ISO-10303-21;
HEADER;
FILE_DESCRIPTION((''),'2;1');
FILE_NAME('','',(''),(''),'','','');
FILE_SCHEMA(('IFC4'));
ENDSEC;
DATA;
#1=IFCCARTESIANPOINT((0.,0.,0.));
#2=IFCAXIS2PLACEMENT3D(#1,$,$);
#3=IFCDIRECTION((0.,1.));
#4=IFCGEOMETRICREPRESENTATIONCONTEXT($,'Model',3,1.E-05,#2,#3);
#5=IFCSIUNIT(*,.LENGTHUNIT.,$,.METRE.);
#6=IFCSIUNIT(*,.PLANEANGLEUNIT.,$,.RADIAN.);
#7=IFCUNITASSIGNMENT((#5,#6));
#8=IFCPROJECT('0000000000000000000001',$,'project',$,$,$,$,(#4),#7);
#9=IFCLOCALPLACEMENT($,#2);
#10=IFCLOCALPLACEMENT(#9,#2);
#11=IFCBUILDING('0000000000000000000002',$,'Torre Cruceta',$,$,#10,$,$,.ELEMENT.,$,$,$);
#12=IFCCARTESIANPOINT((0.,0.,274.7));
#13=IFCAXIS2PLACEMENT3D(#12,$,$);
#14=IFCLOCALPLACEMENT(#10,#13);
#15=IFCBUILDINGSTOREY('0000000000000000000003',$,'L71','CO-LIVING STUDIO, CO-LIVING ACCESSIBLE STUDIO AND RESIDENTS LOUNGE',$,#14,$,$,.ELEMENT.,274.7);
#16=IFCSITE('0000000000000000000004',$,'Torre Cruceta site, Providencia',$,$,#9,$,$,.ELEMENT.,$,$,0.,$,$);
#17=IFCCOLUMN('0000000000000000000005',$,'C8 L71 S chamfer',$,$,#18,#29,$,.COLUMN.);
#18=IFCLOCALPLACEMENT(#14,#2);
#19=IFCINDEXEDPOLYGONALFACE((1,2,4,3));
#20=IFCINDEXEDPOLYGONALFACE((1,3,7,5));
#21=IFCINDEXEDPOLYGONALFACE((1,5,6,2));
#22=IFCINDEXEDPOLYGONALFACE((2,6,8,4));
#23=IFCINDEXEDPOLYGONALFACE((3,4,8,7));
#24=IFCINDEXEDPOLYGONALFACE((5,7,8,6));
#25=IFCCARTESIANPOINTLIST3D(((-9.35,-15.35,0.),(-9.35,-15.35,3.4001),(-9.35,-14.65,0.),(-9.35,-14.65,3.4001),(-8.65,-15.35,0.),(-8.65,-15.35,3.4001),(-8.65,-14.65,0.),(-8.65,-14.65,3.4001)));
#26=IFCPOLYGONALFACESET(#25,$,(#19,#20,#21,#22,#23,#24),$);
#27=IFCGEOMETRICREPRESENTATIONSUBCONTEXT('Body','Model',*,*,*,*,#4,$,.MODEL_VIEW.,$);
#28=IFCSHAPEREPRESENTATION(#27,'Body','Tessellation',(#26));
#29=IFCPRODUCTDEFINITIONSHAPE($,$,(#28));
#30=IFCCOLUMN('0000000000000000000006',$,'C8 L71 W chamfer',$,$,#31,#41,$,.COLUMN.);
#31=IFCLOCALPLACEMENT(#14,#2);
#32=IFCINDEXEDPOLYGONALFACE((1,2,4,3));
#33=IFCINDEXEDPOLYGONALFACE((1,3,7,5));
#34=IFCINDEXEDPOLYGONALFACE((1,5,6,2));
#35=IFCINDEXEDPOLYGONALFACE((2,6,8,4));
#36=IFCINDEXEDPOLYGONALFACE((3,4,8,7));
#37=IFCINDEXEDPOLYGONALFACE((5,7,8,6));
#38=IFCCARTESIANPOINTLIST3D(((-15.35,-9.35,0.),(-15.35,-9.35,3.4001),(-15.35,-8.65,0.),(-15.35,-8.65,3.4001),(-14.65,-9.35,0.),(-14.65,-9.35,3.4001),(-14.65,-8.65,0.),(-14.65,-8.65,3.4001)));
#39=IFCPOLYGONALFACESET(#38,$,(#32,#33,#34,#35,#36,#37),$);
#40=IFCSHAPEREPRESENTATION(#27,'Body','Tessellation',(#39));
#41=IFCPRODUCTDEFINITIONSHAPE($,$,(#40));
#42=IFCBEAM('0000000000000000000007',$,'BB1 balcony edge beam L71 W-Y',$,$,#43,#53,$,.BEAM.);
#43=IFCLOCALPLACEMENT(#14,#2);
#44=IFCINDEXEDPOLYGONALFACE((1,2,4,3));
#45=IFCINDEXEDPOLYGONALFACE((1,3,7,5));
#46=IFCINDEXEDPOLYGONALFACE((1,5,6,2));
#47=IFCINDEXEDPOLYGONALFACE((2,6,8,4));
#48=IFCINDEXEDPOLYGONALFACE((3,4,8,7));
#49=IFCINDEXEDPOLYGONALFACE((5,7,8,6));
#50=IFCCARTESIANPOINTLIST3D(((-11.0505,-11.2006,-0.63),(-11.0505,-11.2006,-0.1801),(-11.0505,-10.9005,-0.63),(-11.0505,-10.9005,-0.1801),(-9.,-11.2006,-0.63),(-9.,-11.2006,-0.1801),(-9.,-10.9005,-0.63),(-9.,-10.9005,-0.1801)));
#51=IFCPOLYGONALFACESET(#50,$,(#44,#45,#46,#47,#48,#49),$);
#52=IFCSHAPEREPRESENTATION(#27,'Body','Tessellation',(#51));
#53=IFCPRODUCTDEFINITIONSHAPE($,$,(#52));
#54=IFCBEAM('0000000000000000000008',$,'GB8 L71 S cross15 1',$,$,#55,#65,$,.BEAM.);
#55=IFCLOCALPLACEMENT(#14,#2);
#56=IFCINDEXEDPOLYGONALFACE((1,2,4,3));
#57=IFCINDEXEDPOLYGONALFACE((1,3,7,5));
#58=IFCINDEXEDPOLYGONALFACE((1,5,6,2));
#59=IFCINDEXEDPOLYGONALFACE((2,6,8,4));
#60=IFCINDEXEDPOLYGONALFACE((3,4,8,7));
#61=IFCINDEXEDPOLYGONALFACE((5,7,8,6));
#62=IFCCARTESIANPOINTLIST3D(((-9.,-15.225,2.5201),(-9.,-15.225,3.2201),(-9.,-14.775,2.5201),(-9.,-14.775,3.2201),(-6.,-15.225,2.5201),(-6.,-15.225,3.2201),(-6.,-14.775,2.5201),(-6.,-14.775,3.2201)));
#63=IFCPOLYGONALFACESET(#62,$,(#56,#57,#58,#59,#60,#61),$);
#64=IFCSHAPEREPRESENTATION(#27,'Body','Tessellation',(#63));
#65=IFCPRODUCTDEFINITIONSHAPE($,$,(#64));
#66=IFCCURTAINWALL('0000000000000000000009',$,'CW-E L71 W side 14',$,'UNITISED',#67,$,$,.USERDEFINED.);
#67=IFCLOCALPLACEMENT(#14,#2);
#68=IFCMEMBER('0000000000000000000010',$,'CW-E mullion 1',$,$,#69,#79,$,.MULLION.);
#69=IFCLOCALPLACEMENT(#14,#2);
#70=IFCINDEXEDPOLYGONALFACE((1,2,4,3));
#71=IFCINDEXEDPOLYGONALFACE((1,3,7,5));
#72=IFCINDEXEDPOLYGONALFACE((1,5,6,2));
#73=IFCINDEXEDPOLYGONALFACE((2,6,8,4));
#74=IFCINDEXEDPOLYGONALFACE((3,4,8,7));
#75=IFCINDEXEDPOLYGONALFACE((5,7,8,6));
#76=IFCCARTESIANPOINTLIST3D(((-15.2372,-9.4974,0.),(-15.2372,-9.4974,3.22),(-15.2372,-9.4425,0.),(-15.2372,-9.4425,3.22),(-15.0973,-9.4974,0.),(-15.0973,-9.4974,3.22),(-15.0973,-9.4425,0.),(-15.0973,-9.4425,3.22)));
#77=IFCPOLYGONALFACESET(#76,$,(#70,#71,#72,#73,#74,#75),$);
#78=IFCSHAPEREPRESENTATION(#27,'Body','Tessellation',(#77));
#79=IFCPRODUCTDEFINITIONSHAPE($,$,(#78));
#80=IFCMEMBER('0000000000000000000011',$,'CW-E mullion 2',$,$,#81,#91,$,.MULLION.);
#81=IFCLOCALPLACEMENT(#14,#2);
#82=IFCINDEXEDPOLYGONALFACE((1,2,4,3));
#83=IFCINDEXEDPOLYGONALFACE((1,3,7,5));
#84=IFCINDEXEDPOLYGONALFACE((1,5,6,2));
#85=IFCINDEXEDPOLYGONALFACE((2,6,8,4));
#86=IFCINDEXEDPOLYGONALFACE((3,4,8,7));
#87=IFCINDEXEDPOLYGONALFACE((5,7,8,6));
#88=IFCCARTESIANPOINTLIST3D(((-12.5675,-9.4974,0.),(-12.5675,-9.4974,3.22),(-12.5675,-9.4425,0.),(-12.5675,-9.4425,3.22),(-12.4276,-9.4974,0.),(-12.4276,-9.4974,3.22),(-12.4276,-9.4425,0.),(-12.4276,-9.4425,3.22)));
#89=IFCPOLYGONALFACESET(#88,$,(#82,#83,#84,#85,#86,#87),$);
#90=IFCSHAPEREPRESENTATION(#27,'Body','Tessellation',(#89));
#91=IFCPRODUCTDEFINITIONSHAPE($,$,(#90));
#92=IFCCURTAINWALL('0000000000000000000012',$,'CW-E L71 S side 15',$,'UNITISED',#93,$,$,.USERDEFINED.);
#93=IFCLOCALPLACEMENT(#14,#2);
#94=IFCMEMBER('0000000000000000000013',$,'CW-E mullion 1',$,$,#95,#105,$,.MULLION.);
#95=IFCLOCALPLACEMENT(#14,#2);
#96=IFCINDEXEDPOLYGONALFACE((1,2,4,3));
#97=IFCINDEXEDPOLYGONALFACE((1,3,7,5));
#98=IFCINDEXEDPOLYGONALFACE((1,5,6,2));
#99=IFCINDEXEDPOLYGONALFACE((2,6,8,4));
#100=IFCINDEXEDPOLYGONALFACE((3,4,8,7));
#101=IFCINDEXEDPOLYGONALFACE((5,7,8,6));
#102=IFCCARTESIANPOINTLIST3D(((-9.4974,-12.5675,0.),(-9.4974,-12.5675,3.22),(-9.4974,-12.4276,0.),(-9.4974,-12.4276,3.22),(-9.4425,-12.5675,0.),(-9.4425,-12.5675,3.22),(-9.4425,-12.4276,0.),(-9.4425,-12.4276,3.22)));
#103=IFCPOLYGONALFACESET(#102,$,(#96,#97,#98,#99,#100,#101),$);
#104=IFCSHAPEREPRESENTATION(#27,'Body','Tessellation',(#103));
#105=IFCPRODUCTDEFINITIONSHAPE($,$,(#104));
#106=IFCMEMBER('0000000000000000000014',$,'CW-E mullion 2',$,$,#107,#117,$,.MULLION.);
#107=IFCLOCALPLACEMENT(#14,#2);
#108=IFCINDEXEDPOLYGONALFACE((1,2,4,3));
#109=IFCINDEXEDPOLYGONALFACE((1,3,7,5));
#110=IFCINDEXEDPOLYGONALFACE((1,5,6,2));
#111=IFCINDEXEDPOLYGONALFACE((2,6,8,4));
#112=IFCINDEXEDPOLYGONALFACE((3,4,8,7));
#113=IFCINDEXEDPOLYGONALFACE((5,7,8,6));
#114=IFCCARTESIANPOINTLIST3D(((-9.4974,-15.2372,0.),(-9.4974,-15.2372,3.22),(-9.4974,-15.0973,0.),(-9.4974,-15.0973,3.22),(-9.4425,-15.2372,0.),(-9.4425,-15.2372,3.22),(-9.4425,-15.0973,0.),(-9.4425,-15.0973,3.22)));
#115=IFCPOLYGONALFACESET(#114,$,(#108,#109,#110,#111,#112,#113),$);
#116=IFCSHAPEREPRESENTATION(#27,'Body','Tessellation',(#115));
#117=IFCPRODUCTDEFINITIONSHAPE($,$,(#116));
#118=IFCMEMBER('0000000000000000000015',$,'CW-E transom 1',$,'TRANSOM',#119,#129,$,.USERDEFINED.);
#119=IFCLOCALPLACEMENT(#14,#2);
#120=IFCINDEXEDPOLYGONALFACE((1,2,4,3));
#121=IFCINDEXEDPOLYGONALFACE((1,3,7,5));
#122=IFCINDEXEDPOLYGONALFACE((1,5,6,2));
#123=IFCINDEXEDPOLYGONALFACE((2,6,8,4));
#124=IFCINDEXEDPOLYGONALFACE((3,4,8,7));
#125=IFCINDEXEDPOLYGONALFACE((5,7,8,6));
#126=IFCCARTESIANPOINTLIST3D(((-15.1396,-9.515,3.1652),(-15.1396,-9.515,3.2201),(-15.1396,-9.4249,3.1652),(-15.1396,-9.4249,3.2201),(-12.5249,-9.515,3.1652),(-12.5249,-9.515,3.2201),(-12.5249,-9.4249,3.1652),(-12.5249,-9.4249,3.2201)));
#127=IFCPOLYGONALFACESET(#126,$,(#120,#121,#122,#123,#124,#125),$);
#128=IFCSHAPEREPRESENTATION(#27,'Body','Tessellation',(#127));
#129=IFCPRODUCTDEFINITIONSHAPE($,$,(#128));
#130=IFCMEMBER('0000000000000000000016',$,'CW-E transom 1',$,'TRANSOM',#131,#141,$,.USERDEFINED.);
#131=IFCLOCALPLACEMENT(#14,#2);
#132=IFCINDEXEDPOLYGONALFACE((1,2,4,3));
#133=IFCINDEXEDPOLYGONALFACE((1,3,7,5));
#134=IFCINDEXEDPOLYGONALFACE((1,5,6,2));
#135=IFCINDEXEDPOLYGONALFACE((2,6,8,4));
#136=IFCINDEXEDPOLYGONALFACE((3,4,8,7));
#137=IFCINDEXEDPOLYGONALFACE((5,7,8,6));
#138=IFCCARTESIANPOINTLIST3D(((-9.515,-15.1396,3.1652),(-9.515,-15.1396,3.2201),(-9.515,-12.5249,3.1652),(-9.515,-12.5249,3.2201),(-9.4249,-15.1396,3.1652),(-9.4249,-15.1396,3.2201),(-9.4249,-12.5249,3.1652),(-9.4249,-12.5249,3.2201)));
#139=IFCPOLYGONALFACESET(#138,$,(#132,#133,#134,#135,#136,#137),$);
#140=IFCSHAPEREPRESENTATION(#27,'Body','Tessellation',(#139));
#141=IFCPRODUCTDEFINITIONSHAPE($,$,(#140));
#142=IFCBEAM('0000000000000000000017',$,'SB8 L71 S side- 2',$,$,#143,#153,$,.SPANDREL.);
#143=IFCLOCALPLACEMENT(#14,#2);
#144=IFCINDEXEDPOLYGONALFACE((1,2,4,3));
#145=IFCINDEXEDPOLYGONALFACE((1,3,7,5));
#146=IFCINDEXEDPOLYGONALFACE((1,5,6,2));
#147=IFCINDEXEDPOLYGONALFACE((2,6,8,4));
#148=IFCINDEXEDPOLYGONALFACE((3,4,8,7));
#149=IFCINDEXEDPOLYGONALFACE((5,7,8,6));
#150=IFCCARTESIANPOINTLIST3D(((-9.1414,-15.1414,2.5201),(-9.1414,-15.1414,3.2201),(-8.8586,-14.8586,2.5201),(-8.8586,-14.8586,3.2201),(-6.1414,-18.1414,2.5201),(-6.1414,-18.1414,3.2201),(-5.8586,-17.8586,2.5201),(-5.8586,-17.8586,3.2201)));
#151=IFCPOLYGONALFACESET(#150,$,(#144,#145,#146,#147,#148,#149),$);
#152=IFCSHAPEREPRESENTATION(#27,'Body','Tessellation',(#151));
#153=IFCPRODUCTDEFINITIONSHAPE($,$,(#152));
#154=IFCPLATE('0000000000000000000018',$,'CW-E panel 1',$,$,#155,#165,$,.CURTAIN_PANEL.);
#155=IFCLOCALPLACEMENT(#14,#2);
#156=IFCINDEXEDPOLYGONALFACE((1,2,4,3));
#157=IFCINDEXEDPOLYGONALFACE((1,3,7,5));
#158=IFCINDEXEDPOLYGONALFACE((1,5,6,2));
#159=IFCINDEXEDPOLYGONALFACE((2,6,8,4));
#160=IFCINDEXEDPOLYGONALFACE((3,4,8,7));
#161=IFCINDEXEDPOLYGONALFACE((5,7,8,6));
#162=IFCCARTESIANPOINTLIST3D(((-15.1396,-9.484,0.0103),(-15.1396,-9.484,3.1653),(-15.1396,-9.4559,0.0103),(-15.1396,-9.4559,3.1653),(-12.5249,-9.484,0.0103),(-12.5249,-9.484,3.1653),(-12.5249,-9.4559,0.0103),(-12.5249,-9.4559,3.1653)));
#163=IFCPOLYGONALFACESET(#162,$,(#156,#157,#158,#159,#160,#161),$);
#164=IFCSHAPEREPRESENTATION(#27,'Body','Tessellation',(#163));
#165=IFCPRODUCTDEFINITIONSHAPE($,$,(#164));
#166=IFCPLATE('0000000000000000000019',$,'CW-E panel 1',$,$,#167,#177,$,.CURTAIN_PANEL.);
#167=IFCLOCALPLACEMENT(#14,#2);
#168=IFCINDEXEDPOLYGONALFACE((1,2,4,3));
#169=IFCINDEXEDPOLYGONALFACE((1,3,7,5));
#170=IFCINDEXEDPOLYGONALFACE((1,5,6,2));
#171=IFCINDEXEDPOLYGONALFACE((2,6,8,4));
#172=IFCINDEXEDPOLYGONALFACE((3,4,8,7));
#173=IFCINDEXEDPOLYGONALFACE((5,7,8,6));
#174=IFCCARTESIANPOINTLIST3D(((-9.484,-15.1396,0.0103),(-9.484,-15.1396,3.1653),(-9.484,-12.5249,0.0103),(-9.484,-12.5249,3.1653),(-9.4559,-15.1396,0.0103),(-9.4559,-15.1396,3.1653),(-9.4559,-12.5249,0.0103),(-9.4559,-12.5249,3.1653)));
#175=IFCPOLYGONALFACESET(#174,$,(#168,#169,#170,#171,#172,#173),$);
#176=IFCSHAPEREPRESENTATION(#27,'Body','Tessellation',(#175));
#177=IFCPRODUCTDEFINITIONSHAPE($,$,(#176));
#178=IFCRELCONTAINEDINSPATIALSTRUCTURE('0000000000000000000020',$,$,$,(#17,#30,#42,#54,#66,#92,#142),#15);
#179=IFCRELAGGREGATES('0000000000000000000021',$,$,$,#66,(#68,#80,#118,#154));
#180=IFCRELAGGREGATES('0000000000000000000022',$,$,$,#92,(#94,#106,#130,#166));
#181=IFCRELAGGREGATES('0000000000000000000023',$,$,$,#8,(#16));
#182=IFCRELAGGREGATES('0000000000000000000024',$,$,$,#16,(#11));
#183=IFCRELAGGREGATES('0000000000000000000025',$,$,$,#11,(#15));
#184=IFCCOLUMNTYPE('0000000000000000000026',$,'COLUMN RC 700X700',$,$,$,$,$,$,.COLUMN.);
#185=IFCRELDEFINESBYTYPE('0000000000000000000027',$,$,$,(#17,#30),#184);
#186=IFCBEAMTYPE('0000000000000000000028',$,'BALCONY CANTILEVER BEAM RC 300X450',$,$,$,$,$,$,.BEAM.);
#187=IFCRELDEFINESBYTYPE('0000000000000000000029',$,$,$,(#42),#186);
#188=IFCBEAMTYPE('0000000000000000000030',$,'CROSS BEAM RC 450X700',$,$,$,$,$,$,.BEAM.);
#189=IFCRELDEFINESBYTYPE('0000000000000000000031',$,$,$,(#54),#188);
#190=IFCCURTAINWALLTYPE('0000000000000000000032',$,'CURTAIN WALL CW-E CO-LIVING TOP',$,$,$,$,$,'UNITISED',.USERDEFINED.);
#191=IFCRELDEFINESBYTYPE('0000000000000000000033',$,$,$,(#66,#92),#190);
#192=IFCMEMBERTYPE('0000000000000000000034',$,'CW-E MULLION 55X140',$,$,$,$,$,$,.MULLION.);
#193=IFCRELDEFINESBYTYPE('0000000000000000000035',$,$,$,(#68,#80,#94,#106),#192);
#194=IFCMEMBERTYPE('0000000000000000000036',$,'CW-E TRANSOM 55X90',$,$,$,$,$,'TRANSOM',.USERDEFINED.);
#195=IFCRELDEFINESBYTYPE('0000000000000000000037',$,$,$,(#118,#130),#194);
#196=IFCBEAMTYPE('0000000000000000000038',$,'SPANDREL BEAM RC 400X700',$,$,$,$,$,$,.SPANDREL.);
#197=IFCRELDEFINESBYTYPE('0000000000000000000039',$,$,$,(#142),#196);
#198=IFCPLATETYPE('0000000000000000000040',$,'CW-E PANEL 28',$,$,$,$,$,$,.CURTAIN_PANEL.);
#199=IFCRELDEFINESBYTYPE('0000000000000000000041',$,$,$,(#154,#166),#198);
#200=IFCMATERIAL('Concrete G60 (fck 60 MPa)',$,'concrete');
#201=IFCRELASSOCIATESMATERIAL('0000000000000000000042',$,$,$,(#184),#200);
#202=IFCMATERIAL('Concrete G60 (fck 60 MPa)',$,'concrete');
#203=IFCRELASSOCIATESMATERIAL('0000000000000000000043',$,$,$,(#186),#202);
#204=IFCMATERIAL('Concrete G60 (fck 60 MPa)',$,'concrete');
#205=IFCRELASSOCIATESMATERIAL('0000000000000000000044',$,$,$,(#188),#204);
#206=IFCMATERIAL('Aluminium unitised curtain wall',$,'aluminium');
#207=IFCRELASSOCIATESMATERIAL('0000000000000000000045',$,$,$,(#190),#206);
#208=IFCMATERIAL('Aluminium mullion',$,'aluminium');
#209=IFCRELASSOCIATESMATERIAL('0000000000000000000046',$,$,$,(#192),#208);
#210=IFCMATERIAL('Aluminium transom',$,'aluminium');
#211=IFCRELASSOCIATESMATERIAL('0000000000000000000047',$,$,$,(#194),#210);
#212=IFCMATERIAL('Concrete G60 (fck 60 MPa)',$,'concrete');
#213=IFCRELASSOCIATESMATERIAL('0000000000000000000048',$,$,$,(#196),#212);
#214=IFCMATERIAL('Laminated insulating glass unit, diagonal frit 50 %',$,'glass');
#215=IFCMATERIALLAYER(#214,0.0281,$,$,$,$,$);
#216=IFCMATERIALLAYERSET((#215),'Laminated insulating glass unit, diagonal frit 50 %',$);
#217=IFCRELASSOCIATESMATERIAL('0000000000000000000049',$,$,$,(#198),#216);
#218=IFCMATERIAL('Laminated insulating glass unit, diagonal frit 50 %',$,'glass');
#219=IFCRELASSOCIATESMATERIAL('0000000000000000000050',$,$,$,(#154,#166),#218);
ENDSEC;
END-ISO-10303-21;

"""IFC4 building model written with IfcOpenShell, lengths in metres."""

from ifc_helpers import new_model, si_unit, direction, frame, origin, origin_2d, place, context, subcontext, project, spatial, rectangle, extrude, material, layer, layer_set, material_profile, profile_set, type_object, element, aggregate, save


model = new_model("IFC4")

# Units and contexts
model_context = context("Model", 3, precision=1e-05, world=origin(), true_north=direction((0.0, 1.0)))
body_context = subcontext(model_context, "Body", "Model", "MODEL_VIEW")
ifc_project = project(units=[si_unit("LENGTHUNIT", "METRE"), si_unit("PLANEANGLEUNIT", "RADIAN")], contexts=[model_context])

# Site, building, storey
site_placement = place(None, origin())
site = spatial("IfcSite", under=ifc_project, at=site_placement, Name="Torre Cruceta site, Providencia", CompositionType="ELEMENT", RefElevation=0.0)
building_placement = place(site_placement, origin())
building = spatial("IfcBuilding", under=site, at=building_placement, Name="Torre Cruceta", CompositionType="ELEMENT")
storey_placement = place(building_placement, frame((0.0, 0.0, 274.7)))
storey = spatial("IfcBuildingStorey", under=building, at=storey_placement, Name="L71", Description="CO-LIVING STUDIO, CO-LIVING ACCESSIBLE STUDIO AND RESIDENTS LOUNGE", CompositionType="ELEMENT", Elevation=274.7)

# Columns
ifc_material_1 = material(Name="Concrete G60 (fck 60 MPa)", Category="concrete")
ifc_material_profile_1 = material_profile(ifc_material_1, rectangle(XDim=0.7, YDim=0.7, at=origin_2d()), Name="RC 700X700")
ifc_profile_set_1 = profile_set([ifc_material_profile_1], Name="Concrete G60 (fck 60 MPa)")
column_type = type_object("IfcColumnType", Name="COLUMN RC 700X700", PredefinedType="COLUMN", material=ifc_profile_set_1)
for number, where, z_axis, x_axis, name in (
    (1, (-9.0, -15.0, 0.0), (0.0, 0.0, 1.0), (1.0, 0.0, 0.0), "C8 L71 S chamfer"),
    (2, (-15.0, -9.0, 0.0), (0.0, 0.0, 1.0), (1.0, 0.0, 0.0), "C8 L71 W chamfer"),
):
    element("IfcColumn", number, at=place(storey_placement, frame(where, z_axis=z_axis, x_axis=x_axis)), inside=storey, type_object=column_type, Name=name, PredefinedType="COLUMN", context=body_context, shape_type="SweptSolid", body=[
        extrude(rectangle(XDim=0.7, YDim=0.7, at=origin_2d()), origin(), (0.0, 0.0, 1.0), 3.4001),
    ])

# Beams
ifc_material_2 = material(Name="Concrete G60 (fck 60 MPa)", Category="concrete")
ifc_material_profile_2 = material_profile(ifc_material_2, rectangle(XDim=0.3, YDim=0.45, at=origin_2d()), Name="RC 300X450")
ifc_profile_set_2 = profile_set([ifc_material_profile_2], Name="Concrete G60 (fck 60 MPa)")
beam_type_1 = type_object("IfcBeamType", Name="BALCONY CANTILEVER BEAM RC 300X450", PredefinedType="BEAM", material=ifc_profile_set_2)
beam_1_placement = place(storey_placement, frame((-9.0, -11.0505, -0.405), z_axis=(-1.0, 0.0, 0.0), x_axis=(0.0, -1.0, 0.0)))
element("IfcBeam", 3, at=beam_1_placement, inside=storey, type_object=beam_type_1, Name="BB1 balcony edge beam L71 W-Y", PredefinedType="BEAM", context=body_context, shape_type="SweptSolid", body=[
    extrude(rectangle(XDim=0.3, YDim=0.45, at=origin_2d()), origin(), (0.0, 0.0, 1.0), 2.0505),
])
ifc_material_3 = material(Name="Concrete G60 (fck 60 MPa)", Category="concrete")
ifc_material_profile_3 = material_profile(ifc_material_3, rectangle(XDim=0.45, YDim=0.7, at=origin_2d()), Name="RC 450X700")
ifc_profile_set_3 = profile_set([ifc_material_profile_3], Name="Concrete G60 (fck 60 MPa)")
beam_type_2 = type_object("IfcBeamType", Name="CROSS BEAM RC 450X700", PredefinedType="BEAM", material=ifc_profile_set_3)
beam_2_placement = place(storey_placement, frame((-9.0, -15.0, 2.8701), z_axis=(1.0, 0.0, 0.0), x_axis=(0.0, 1.0, 0.0)))
element("IfcBeam", 4, at=beam_2_placement, inside=storey, type_object=beam_type_2, Name="GB8 L71 S cross15 1", PredefinedType="BEAM", context=body_context, shape_type="SweptSolid", body=[
    extrude(rectangle(XDim=0.45, YDim=0.7, at=origin_2d()), origin(), (0.0, 0.0, 1.0), 3.0),
])

# Curtain walls, members
ifc_material_4 = material(Name="Aluminium unitised curtain wall", Category="aluminium")
curtain_wall_type = type_object("IfcCurtainWallType", Name="CURTAIN WALL CW-E CO-LIVING TOP", ElementType="UNITISED", PredefinedType="USERDEFINED", material=ifc_material_4)
curtain_wall_1_placement = place(storey_placement, origin())
curtain_wall_1 = element("IfcCurtainWall", 5, at=curtain_wall_1_placement, inside=storey, type_object=curtain_wall_type, Name="CW-E L71 W side 14", ObjectType="UNITISED", PredefinedType="USERDEFINED")
ifc_material_5 = material(Name="Aluminium mullion", Category="aluminium")
ifc_material_profile_4 = material_profile(ifc_material_5, rectangle(XDim=0.0549, YDim=0.1399, at=origin_2d()), Name="AL 55X140")
ifc_profile_set_4 = profile_set([ifc_material_profile_4], Name="Aluminium mullion")
member_type_1 = type_object("IfcMemberType", Name="CW-E MULLION 55X140", PredefinedType="MULLION", material=ifc_profile_set_4)
member_1_placement = place(storey_placement, frame((-15.1672, -9.47, 0.0), z_axis=(0.0, 0.0, 1.0), x_axis=(0.0, 1.0, 0.0)))
member_1 = element("IfcMember", 6, at=member_1_placement, type_object=member_type_1, Name="CW-E mullion 1", PredefinedType="MULLION", context=body_context, shape_type="SweptSolid", body=[
    extrude(rectangle(XDim=0.0549, YDim=0.1399, at=origin_2d()), origin(), (0.0, 0.0, 1.0), 3.22),
])
member_2_placement = place(storey_placement, frame((-12.4976, -9.47, 0.0), z_axis=(0.0, 0.0, 1.0), x_axis=(0.0, 1.0, 0.0)))
member_2 = element("IfcMember", 7, at=member_2_placement, type_object=member_type_1, Name="CW-E mullion 2", PredefinedType="MULLION", context=body_context, shape_type="SweptSolid", body=[
    extrude(rectangle(XDim=0.0549, YDim=0.1399, at=origin_2d()), origin(), (0.0, 0.0, 1.0), 3.22),
])
curtain_wall_2_placement = place(storey_placement, origin())
curtain_wall_2 = element("IfcCurtainWall", 8, at=curtain_wall_2_placement, inside=storey, type_object=curtain_wall_type, Name="CW-E L71 S side 15", ObjectType="UNITISED", PredefinedType="USERDEFINED")
member_3_placement = place(storey_placement, frame((-9.47, -12.4976, 0.0), z_axis=(0.0, 0.0, 1.0), x_axis=(1.0, 0.0, 0.0)))
member_3 = element("IfcMember", 9, at=member_3_placement, type_object=member_type_1, Name="CW-E mullion 1", PredefinedType="MULLION", context=body_context, shape_type="SweptSolid", body=[
    extrude(rectangle(XDim=0.0549, YDim=0.1399, at=origin_2d()), origin(), (0.0, 0.0, 1.0), 3.22),
])
member_4_placement = place(storey_placement, frame((-9.47, -15.1672, 0.0), z_axis=(0.0, 0.0, 1.0), x_axis=(1.0, 0.0, 0.0)))
member_4 = element("IfcMember", 10, at=member_4_placement, type_object=member_type_1, Name="CW-E mullion 2", PredefinedType="MULLION", context=body_context, shape_type="SweptSolid", body=[
    extrude(rectangle(XDim=0.0549, YDim=0.1399, at=origin_2d()), origin(), (0.0, 0.0, 1.0), 3.22),
])

# Members
ifc_material_6 = material(Name="Aluminium transom", Category="aluminium")
ifc_material_profile_5 = material_profile(ifc_material_6, rectangle(XDim=0.0901, YDim=0.0549, at=origin_2d()), Name="AL 90X55")
ifc_profile_set_5 = profile_set([ifc_material_profile_5], Name="Aluminium transom")
member_type_2 = type_object("IfcMemberType", Name="CW-E TRANSOM 55X90", ElementType="TRANSOM", PredefinedType="USERDEFINED", material=ifc_profile_set_5)
member_5_placement = place(storey_placement, frame((-15.1396, -9.47, 3.1926), z_axis=(1.0, 0.0, 0.0), x_axis=(0.0, 1.0, 0.0)))
member_5 = element("IfcMember", 11, at=member_5_placement, type_object=member_type_2, Name="CW-E transom 1", ObjectType="TRANSOM", PredefinedType="USERDEFINED", context=body_context, shape_type="SweptSolid", body=[
    extrude(rectangle(XDim=0.0901, YDim=0.0549, at=origin_2d()), origin(), (0.0, 0.0, 1.0), 2.6147),
])
member_6_placement = place(storey_placement, frame((-9.47, -12.5249, 3.1926), z_axis=(0.0, -1.0, 0.0), x_axis=(1.0, 0.0, 0.0)))
member_6 = element("IfcMember", 12, at=member_6_placement, type_object=member_type_2, Name="CW-E transom 1", ObjectType="TRANSOM", PredefinedType="USERDEFINED", context=body_context, shape_type="SweptSolid", body=[
    extrude(rectangle(XDim=0.0901, YDim=0.0549, at=origin_2d()), origin(), (0.0, 0.0, 1.0), 2.6147),
])

# Beam
ifc_material_7 = material(Name="Concrete G60 (fck 60 MPa)", Category="concrete")
ifc_material_profile_6 = material_profile(ifc_material_7, rectangle(XDim=0.3999, YDim=0.7, at=origin_2d()), Name="RC 400X700")
ifc_profile_set_6 = profile_set([ifc_material_profile_6], Name="Concrete G60 (fck 60 MPa)")
beam_type_3 = type_object("IfcBeamType", Name="SPANDREL BEAM RC 400X700", PredefinedType="SPANDREL", material=ifc_profile_set_6)
beam_3_placement = place(storey_placement, frame((-9.0, -15.0, 2.8701), z_axis=(0.707107, -0.707107, 0.0), x_axis=(0.707107, 0.707107, 0.0)))
element("IfcBeam", 13, at=beam_3_placement, inside=storey, type_object=beam_type_3, Name="SB8 L71 S side- 2", PredefinedType="SPANDREL", context=body_context, shape_type="SweptSolid", body=[
    extrude(rectangle(XDim=0.3999, YDim=0.7, at=origin_2d()), origin(), (0.0, 0.0, 1.0), 4.2427),
])

# Plates
ifc_material_8 = material(Name="Laminated insulating glass unit, diagonal frit 50 %", Category="glass")
ifc_material_9 = material(Name="Laminated insulating glass unit, diagonal frit 50 %", Category="glass")
ifc_layer_1 = layer(ifc_material_9, 0.0281)
ifc_layer_set_1 = layer_set([ifc_layer_1], Name="Laminated insulating glass unit, diagonal frit 50 %")
plate_type = type_object("IfcPlateType", Name="CW-E PANEL 28", PredefinedType="CURTAIN_PANEL", material=ifc_layer_set_1)
plate_1_placement = place(storey_placement, frame((-13.8323, -9.47, 0.0103), z_axis=(0.0, 0.0, 1.0), x_axis=(1.0, 0.0, 0.0)))
plate_1 = element("IfcPlate", 14, at=plate_1_placement, type_object=plate_type, material=ifc_material_8, Name="CW-E panel 1", PredefinedType="CURTAIN_PANEL", context=body_context, shape_type="SweptSolid", body=[
    extrude(rectangle(XDim=2.6147, YDim=0.0281, at=origin_2d()), origin(), (0.0, 0.0, 1.0), 3.155),
])
aggregate(curtain_wall_1, [member_1, member_2, member_5, plate_1])
plate_2_placement = place(storey_placement, frame((-9.47, -13.8323, 0.0103), z_axis=(0.0, 0.0, 1.0), x_axis=(0.0, -1.0, 0.0)))
plate_2 = element("IfcPlate", 15, at=plate_2_placement, type_object=plate_type, material=ifc_material_8, Name="CW-E panel 1", PredefinedType="CURTAIN_PANEL", context=body_context, shape_type="SweptSolid", body=[
    extrude(rectangle(XDim=2.6147, YDim=0.0281, at=origin_2d()), origin(), (0.0, 0.0, 1.0), 3.155),
])
aggregate(curtain_wall_2, [member_3, member_4, member_6, plate_2])

save(model, "model.ifc")
